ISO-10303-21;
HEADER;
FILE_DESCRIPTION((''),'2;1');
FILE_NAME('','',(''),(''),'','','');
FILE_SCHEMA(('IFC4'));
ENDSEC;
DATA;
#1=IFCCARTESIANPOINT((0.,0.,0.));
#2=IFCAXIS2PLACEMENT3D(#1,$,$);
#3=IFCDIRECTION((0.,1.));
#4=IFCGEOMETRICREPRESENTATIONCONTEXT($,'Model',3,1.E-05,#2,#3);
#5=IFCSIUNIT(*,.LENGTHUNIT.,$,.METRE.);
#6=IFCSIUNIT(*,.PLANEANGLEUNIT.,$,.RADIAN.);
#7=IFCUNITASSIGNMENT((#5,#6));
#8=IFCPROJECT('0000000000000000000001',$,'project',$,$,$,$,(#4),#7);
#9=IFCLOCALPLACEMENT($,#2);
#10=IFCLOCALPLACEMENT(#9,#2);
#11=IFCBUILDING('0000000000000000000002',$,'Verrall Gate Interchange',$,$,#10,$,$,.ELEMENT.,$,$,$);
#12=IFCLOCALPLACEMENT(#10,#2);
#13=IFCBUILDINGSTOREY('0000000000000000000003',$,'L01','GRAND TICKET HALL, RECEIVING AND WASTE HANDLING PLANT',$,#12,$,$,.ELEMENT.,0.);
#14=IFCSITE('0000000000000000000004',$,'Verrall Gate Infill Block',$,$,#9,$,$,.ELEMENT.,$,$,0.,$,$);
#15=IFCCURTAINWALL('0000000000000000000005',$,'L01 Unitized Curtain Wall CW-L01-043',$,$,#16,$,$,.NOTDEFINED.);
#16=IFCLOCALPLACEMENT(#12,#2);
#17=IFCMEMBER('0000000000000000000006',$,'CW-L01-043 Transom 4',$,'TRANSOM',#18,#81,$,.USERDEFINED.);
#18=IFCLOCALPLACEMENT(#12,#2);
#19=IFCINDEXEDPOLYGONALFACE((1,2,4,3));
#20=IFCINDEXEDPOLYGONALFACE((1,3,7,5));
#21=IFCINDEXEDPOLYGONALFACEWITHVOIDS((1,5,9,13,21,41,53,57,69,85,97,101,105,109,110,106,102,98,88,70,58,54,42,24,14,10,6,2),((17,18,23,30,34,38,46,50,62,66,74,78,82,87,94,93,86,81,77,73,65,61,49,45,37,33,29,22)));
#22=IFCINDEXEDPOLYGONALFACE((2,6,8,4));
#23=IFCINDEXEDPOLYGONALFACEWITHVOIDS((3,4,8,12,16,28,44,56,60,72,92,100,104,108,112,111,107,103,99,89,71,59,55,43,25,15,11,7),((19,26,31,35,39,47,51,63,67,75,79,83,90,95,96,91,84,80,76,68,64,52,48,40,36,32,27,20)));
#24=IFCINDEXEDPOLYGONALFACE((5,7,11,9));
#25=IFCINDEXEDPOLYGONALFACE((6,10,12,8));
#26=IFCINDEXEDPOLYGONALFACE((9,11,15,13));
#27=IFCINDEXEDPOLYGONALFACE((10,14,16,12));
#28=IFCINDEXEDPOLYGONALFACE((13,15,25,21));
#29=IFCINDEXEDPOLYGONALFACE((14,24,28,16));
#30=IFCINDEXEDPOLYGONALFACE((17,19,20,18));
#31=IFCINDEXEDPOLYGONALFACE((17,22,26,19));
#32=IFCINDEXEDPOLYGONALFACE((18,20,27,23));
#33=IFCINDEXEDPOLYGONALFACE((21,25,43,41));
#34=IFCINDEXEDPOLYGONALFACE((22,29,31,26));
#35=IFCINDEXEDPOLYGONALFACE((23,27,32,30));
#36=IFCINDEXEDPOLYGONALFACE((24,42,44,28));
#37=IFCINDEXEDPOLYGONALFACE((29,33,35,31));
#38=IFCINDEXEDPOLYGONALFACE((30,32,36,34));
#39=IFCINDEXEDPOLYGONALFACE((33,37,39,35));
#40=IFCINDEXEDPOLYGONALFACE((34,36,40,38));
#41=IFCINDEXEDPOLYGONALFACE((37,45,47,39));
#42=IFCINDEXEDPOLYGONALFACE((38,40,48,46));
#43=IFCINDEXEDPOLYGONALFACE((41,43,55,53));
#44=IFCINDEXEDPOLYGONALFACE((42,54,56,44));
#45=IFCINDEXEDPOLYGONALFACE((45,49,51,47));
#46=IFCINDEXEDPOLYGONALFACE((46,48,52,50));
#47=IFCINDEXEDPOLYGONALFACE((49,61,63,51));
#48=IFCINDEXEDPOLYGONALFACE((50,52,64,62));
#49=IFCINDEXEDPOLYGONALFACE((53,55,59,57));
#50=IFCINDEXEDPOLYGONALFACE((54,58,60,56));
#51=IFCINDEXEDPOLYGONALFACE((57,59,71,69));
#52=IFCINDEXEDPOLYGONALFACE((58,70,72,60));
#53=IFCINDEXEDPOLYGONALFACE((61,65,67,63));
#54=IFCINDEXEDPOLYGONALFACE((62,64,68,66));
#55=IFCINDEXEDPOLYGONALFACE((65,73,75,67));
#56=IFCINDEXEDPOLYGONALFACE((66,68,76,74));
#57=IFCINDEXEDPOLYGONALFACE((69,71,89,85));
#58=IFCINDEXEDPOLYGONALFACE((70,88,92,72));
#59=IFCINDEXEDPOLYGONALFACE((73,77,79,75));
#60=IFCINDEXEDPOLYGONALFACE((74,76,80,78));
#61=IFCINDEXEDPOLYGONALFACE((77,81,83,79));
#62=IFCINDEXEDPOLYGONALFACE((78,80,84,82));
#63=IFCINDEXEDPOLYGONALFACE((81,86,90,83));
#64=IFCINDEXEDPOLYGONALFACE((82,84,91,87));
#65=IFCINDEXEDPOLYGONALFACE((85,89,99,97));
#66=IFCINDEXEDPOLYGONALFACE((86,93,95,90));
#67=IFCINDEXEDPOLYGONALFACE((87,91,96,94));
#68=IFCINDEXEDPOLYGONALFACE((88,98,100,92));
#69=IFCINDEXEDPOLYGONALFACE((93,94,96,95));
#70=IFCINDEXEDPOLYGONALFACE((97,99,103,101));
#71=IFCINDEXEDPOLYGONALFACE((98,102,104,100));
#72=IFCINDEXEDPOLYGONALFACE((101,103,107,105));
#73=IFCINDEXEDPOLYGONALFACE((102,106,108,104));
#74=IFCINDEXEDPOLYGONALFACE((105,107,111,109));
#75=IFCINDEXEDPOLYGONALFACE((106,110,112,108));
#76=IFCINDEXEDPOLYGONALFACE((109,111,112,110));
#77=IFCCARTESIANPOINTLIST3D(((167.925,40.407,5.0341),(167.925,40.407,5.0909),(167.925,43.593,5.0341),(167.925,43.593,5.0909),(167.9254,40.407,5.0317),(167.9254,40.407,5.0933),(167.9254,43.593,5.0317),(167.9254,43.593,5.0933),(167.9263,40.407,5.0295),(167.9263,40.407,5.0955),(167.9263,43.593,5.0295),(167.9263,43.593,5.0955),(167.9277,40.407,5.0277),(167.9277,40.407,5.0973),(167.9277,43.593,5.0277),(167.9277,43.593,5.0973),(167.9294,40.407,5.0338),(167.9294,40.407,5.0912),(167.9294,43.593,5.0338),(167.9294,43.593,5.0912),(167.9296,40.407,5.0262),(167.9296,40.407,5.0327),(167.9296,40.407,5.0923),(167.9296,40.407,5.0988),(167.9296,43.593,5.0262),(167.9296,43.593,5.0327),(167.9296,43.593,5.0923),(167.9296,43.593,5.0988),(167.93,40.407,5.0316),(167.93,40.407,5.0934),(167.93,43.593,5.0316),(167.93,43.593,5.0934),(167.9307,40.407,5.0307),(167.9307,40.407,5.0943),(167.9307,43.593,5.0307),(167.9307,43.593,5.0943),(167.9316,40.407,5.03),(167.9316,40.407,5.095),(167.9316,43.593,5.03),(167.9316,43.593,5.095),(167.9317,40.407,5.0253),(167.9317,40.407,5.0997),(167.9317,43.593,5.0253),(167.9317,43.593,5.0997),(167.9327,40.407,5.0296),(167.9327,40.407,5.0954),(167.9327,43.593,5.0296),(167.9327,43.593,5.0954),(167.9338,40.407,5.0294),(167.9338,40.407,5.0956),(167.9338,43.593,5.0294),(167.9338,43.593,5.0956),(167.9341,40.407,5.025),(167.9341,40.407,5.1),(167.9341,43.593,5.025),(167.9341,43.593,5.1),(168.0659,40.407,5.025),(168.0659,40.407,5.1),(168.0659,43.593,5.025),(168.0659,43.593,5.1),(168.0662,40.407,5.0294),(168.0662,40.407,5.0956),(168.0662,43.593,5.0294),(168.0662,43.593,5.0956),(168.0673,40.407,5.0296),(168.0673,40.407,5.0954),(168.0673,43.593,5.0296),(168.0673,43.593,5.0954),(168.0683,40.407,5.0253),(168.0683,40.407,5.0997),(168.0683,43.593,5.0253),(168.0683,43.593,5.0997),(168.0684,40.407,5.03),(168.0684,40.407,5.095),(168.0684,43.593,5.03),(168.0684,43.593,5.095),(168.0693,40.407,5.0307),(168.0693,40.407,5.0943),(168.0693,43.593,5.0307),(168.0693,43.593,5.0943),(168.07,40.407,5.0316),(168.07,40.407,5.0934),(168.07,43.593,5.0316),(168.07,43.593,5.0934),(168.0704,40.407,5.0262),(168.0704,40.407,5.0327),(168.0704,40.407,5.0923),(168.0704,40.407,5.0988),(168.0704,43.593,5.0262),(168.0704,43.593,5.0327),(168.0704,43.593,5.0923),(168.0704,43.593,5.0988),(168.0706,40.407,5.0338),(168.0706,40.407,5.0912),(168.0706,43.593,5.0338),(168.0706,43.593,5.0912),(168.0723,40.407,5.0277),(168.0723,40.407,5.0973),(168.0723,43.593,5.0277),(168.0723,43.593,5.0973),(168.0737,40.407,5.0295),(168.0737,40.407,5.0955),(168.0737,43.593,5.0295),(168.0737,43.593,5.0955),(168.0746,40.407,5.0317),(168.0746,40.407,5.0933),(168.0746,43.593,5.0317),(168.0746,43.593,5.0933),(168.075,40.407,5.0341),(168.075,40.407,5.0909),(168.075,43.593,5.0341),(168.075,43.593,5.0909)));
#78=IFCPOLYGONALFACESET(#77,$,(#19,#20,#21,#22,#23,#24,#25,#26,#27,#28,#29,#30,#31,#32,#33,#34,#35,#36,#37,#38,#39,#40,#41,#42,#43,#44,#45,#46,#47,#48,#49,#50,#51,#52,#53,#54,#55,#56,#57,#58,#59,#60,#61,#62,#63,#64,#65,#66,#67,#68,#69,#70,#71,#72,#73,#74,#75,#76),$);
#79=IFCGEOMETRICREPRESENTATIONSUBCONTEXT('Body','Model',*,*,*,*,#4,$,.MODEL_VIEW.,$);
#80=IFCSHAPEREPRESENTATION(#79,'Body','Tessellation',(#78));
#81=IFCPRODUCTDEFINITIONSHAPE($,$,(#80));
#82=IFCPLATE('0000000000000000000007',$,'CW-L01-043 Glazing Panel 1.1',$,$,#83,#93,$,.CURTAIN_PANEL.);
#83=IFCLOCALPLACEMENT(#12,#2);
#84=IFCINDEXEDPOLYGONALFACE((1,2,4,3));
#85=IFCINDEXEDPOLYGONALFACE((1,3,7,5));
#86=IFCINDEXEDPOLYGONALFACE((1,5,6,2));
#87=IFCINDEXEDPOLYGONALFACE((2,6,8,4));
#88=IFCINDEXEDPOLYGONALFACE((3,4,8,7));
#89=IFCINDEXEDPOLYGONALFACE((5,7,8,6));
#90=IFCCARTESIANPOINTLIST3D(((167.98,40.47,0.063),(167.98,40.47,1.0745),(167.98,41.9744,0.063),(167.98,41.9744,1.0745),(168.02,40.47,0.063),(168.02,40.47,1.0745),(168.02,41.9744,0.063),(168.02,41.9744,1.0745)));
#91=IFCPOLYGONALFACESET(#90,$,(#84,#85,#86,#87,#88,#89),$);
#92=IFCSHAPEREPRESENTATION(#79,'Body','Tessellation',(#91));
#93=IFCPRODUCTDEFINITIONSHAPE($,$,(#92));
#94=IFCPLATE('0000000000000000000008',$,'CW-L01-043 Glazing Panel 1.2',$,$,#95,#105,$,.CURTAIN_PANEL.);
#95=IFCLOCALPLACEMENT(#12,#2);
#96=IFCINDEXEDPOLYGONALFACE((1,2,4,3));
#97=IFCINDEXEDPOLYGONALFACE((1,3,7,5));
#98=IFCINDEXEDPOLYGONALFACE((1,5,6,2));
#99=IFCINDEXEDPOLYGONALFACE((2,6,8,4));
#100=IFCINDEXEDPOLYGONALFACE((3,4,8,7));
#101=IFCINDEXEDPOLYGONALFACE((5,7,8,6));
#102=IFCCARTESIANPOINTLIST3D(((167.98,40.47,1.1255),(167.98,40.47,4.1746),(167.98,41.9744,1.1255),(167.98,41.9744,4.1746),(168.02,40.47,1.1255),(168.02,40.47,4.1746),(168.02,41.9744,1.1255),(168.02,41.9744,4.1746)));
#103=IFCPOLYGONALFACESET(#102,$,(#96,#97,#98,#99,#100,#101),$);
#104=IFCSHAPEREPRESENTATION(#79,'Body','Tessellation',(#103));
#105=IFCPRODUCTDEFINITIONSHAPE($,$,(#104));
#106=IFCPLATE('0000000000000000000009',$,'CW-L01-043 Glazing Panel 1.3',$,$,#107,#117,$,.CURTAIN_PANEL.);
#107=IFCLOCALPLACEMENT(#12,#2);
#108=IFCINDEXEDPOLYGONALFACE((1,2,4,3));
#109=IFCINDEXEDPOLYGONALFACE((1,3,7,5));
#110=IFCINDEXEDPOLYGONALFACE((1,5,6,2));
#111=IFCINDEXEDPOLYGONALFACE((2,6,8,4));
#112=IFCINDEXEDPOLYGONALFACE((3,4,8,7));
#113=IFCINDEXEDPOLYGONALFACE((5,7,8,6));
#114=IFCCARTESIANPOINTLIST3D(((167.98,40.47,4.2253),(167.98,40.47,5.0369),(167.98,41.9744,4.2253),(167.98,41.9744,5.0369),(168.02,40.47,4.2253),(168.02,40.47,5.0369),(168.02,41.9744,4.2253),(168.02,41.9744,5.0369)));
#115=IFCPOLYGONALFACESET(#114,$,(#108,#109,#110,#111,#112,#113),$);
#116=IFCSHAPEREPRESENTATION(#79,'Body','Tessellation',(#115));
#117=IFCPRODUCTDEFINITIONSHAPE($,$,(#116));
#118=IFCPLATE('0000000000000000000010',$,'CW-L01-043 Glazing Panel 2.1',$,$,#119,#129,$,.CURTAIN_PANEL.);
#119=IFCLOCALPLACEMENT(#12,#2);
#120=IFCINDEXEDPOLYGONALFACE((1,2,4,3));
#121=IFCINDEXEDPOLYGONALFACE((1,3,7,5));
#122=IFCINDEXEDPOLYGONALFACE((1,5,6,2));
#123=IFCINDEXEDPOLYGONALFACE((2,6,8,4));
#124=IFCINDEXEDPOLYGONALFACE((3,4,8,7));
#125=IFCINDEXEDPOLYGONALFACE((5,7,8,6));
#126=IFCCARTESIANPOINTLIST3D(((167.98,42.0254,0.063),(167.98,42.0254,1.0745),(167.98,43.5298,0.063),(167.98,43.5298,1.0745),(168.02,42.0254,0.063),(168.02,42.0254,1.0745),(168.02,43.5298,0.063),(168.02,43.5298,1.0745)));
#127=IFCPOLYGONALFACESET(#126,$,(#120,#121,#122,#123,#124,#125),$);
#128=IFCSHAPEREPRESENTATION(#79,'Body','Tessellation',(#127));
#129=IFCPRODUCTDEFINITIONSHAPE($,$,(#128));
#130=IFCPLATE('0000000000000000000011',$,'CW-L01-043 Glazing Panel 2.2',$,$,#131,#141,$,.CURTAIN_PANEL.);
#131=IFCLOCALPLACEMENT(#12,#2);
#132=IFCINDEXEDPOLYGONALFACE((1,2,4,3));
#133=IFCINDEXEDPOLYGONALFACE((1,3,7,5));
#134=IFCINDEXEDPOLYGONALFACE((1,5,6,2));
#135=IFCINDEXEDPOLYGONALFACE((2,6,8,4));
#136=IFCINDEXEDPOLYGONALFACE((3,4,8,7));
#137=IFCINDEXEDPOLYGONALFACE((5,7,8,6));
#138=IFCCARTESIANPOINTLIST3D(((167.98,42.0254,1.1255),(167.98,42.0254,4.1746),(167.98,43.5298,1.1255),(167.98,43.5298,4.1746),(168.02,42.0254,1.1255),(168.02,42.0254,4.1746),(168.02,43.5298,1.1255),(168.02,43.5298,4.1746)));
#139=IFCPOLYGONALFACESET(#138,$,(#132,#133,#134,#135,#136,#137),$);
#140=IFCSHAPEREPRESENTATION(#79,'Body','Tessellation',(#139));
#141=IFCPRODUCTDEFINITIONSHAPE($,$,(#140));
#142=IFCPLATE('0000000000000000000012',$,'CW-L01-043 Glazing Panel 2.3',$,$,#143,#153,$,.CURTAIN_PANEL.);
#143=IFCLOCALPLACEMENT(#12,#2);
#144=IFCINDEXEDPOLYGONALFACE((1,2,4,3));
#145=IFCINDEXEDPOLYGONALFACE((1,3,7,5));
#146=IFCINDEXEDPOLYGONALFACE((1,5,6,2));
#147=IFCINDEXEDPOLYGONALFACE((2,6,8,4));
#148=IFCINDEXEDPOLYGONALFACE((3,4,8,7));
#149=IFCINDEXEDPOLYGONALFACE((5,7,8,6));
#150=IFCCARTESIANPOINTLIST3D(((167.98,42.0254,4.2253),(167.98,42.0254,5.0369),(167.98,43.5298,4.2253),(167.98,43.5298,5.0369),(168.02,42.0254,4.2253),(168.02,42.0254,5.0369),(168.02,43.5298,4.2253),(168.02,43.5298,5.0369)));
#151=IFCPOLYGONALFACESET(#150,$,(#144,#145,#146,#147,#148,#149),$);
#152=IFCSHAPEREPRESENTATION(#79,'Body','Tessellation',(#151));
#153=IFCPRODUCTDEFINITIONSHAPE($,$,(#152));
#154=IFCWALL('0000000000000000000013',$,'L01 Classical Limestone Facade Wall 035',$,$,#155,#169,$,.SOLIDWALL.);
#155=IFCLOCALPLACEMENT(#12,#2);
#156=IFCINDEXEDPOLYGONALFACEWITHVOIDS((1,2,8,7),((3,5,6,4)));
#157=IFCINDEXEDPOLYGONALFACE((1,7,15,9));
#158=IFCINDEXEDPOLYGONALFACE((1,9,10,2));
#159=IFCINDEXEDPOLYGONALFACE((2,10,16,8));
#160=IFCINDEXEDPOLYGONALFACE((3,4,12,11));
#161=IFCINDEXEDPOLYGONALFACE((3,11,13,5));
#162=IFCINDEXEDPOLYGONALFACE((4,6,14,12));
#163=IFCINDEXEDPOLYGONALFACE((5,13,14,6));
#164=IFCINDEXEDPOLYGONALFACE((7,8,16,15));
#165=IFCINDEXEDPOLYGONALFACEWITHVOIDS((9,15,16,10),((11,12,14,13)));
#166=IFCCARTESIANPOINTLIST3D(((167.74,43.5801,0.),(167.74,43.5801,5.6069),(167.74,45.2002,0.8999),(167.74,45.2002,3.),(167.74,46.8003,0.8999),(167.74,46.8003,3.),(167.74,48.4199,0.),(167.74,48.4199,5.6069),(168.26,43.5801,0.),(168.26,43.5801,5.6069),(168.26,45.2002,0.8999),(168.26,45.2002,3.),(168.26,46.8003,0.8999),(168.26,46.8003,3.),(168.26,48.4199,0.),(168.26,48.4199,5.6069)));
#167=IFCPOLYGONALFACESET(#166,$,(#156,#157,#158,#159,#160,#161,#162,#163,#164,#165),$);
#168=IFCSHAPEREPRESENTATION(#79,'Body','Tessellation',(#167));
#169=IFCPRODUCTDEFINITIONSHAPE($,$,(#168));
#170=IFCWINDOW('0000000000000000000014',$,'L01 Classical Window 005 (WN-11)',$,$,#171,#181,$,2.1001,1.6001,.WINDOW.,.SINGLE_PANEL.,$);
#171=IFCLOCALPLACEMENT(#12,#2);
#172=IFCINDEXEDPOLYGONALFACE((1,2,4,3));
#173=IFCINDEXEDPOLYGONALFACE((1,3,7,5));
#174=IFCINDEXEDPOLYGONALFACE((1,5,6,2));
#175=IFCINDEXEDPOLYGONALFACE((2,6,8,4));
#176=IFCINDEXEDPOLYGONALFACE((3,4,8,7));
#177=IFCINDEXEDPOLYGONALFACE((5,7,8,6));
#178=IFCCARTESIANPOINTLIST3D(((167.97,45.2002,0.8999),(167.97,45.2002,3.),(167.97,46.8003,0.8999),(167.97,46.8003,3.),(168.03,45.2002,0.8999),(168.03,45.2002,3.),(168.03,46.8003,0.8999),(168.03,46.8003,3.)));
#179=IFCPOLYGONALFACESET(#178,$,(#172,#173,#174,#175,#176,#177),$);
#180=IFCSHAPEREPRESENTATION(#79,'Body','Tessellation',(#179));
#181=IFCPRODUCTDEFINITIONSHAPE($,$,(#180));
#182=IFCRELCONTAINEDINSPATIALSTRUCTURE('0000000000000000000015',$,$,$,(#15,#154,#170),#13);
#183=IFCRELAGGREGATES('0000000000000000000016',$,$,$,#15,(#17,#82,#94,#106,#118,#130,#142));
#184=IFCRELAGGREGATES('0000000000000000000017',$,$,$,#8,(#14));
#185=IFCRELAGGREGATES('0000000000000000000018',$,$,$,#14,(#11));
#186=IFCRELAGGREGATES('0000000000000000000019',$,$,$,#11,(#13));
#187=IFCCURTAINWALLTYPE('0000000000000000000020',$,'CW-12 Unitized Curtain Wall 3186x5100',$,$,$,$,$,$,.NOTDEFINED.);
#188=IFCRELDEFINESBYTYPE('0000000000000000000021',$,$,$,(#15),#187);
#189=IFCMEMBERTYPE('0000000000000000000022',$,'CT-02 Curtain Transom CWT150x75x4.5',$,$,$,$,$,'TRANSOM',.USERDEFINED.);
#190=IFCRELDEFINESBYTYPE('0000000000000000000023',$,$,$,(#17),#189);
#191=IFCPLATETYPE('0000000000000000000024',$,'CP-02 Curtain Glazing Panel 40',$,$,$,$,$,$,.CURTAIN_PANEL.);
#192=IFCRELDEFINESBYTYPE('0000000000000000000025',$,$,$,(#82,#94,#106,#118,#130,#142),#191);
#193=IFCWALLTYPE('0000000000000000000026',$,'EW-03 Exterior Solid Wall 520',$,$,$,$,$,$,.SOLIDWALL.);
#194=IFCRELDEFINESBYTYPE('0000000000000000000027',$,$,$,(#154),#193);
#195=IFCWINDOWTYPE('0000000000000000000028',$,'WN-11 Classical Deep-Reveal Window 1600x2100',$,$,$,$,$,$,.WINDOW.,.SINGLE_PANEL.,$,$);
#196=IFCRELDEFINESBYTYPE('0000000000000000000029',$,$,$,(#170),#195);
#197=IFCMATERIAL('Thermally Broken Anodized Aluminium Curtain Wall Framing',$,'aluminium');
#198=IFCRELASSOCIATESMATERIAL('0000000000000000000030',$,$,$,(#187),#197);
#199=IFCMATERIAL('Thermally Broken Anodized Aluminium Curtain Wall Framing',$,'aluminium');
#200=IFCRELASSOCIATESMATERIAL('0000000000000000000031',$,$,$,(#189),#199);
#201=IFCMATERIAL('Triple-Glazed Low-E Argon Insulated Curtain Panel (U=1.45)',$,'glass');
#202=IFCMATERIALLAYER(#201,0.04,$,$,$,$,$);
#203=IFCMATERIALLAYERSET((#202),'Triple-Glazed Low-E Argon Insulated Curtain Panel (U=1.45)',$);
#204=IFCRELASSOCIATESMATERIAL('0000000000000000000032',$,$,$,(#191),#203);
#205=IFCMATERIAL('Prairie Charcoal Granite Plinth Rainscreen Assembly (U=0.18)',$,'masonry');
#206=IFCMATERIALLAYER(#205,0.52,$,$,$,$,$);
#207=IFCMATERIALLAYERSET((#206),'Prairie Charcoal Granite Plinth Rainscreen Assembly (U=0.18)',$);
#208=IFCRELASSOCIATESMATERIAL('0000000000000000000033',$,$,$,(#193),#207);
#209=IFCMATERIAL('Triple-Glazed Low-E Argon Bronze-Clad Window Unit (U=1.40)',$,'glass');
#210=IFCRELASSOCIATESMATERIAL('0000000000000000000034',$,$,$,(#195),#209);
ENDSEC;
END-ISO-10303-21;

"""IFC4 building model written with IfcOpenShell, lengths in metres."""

from ifc_helpers import new_model, si_unit, direction, frame, frame_2d, origin, origin_2d, place, context, subcontext, project, spatial, rectangle, hollow_rectangle, extrude, material, layer, layer_set, material_profile, profile_set, type_object, element, fill, aggregate, save


model = new_model("IFC4")

# Units and contexts
model_context = context("Model", 3, precision=1e-05, world=origin(), true_north=direction((0.0, 1.0)))
body_context = subcontext(model_context, "Body", "Model", "MODEL_VIEW")
ifc_project = project(units=[si_unit("LENGTHUNIT", "METRE"), si_unit("PLANEANGLEUNIT", "RADIAN")], contexts=[model_context])

# Site, building, storey
site_placement = place(None, origin())
site = spatial("IfcSite", under=ifc_project, at=site_placement, Name="Verrall Gate Infill Block", CompositionType="ELEMENT", RefElevation=0.0)
building_placement = place(site_placement, origin())
building = spatial("IfcBuilding", under=site, at=building_placement, Name="Verrall Gate Interchange", CompositionType="ELEMENT")
storey_placement = place(building_placement, origin())
storey = spatial("IfcBuildingStorey", under=building, at=storey_placement, Name="L01", Description="GRAND TICKET HALL, RECEIVING AND WASTE HANDLING PLANT", CompositionType="ELEMENT", Elevation=0.0)

# Curtain wall
ifc_material_1 = material(Name="Thermally Broken Anodized Aluminium Curtain Wall Framing", Category="aluminium")
curtain_wall_type_1 = type_object("IfcCurtainWallType", Name="CW-12 Unitized Curtain Wall 3186x5100", PredefinedType="NOTDEFINED", material=ifc_material_1)
curtain_wall_1_placement = place(storey_placement, origin())
curtain_wall_1 = element("IfcCurtainWall", 1, at=curtain_wall_1_placement, inside=storey, type_object=curtain_wall_type_1, Name="L01 Unitized Curtain Wall CW-L01-043", PredefinedType="NOTDEFINED")

# Member
ifc_material_2 = material(Name="Thermally Broken Anodized Aluminium Curtain Wall Framing", Category="aluminium")
ifc_material_profile_1 = material_profile(ifc_material_2, hollow_rectangle(XDim=0.1499, YDim=0.075, WallThickness=0.0044, InnerFilletRadius=0.0044, OuterFilletRadius=0.009, at=origin_2d()), Name="CWT150x75x4.5")
ifc_profile_set_1 = profile_set([ifc_material_profile_1], Name="Thermally Broken Anodized Aluminium Curtain Wall Framing")
member_type_1 = type_object("IfcMemberType", Name="CT-02 Curtain Transom CWT150x75x4.5", ElementType="TRANSOM", PredefinedType="USERDEFINED", material=ifc_profile_set_1)
member_1_placement = place(storey_placement, frame((168.0, 40.407, 5.0625), z_axis=(0.0, 1.0, 0.0), x_axis=(-1.0, 0.0, 0.0)))
member_1 = element("IfcMember", 2, at=member_1_placement, type_object=member_type_1, Name="CW-L01-043 Transom 4", ObjectType="TRANSOM", PredefinedType="USERDEFINED", context=body_context, shape_type="SweptSolid", body=[
    extrude(hollow_rectangle(XDim=0.1499, YDim=0.075, WallThickness=0.0044, InnerFilletRadius=0.0044, OuterFilletRadius=0.009, at=origin_2d()), origin(), (0.0, 0.0, 1.0), 3.186),
])

# Plates
ifc_material_3 = material(Name="Triple-Glazed Low-E Argon Insulated Curtain Panel (U=1.45)", Category="glass")
ifc_layer_1 = layer(ifc_material_3, 0.04)
ifc_layer_set_1 = layer_set([ifc_layer_1], Name="Triple-Glazed Low-E Argon Insulated Curtain Panel (U=1.45)")
plate_type = type_object("IfcPlateType", Name="CP-02 Curtain Glazing Panel 40", PredefinedType="CURTAIN_PANEL", material=ifc_layer_set_1)
plate_1_placement = place(storey_placement, frame((168.0, 41.2222, 0.063), z_axis=(0.0, 0.0, 1.0), x_axis=(0.0, 1.0, 0.0)))
plate_1 = element("IfcPlate", 3, at=plate_1_placement, type_object=plate_type, Name="CW-L01-043 Glazing Panel 1.1", PredefinedType="CURTAIN_PANEL", context=body_context, shape_type="SweptSolid", body=[
    extrude(rectangle(XDim=1.5044, YDim=0.04, at=origin_2d()), origin(), (0.0, 0.0, 1.0), 1.0115),
])
plate_2_placement = place(storey_placement, frame((168.0, 41.2222, 1.1255), z_axis=(0.0, 0.0, 1.0), x_axis=(0.0, 1.0, 0.0)))
plate_2 = element("IfcPlate", 4, at=plate_2_placement, type_object=plate_type, Name="CW-L01-043 Glazing Panel 1.2", PredefinedType="CURTAIN_PANEL", context=body_context, shape_type="SweptSolid", body=[
    extrude(rectangle(XDim=1.5044, YDim=0.04, at=origin_2d()), origin(), (0.0, 0.0, 1.0), 3.0491),
])
plate_3_placement = place(storey_placement, frame((168.0, 41.2222, 4.2253), z_axis=(0.0, 0.0, 1.0), x_axis=(0.0, 1.0, 0.0)))
plate_3 = element("IfcPlate", 5, at=plate_3_placement, type_object=plate_type, Name="CW-L01-043 Glazing Panel 1.3", PredefinedType="CURTAIN_PANEL", context=body_context, shape_type="SweptSolid", body=[
    extrude(rectangle(XDim=1.5044, YDim=0.04, at=origin_2d()), origin(), (0.0, 0.0, 1.0), 0.8115),
])
plate_4_placement = place(storey_placement, frame((168.0, 42.7776, 0.063), z_axis=(0.0, 0.0, 1.0), x_axis=(0.0, 1.0, 0.0)))
plate_4 = element("IfcPlate", 6, at=plate_4_placement, type_object=plate_type, Name="CW-L01-043 Glazing Panel 2.1", PredefinedType="CURTAIN_PANEL", context=body_context, shape_type="SweptSolid", body=[
    extrude(rectangle(XDim=1.5044, YDim=0.04, at=origin_2d()), origin(), (0.0, 0.0, 1.0), 1.0115),
])
plate_5_placement = place(storey_placement, frame((168.0, 42.7776, 1.1255), z_axis=(0.0, 0.0, 1.0), x_axis=(0.0, 1.0, 0.0)))
plate_5 = element("IfcPlate", 7, at=plate_5_placement, type_object=plate_type, Name="CW-L01-043 Glazing Panel 2.2", PredefinedType="CURTAIN_PANEL", context=body_context, shape_type="SweptSolid", body=[
    extrude(rectangle(XDim=1.5044, YDim=0.04, at=origin_2d()), origin(), (0.0, 0.0, 1.0), 3.0491),
])
plate_6_placement = place(storey_placement, frame((168.0, 42.7776, 4.2253), z_axis=(0.0, 0.0, 1.0), x_axis=(0.0, 1.0, 0.0)))
plate_6 = element("IfcPlate", 8, at=plate_6_placement, type_object=plate_type, Name="CW-L01-043 Glazing Panel 2.3", PredefinedType="CURTAIN_PANEL", context=body_context, shape_type="SweptSolid", body=[
    extrude(rectangle(XDim=1.5044, YDim=0.04, at=origin_2d()), origin(), (0.0, 0.0, 1.0), 0.8115),
])
aggregate(curtain_wall_1, [member_1, plate_1, plate_2, plate_3, plate_4, plate_5, plate_6])

# Wall, opening, window
ifc_material_4 = material(Name="Prairie Charcoal Granite Plinth Rainscreen Assembly (U=0.18)", Category="masonry")
ifc_layer_2 = layer(ifc_material_4, 0.52)
ifc_layer_set_2 = layer_set([ifc_layer_2], Name="Prairie Charcoal Granite Plinth Rainscreen Assembly (U=0.18)")
wall_type = type_object("IfcWallType", Name="EW-03 Exterior Solid Wall 520", PredefinedType="SOLIDWALL", material=ifc_layer_set_2)
wall_placement = place(storey_placement, frame((168.0, 43.5801, 0.0), z_axis=(0.0, 0.0, 1.0), x_axis=(0.0, 1.0, 0.0)))
wall = element("IfcWall", 9, at=wall_placement, inside=storey, type_object=wall_type, Name="L01 Classical Limestone Facade Wall 035", PredefinedType="SOLIDWALL", context=body_context, shape_type="SweptSolid", body=[
    extrude(rectangle(XDim=4.8398, YDim=0.52, at=frame_2d((2.4199, 0.0))), origin(), (0.0, 0.0, 1.0), 5.6069),
])
opening_placement = place(wall_placement, frame((1.6201, 0.0, 0.8999)))
opening = element("IfcOpeningElement", 10, at=opening_placement, cuts=wall, PredefinedType="OPENING", context=body_context, shape_type="SweptSolid", body=[
    extrude(rectangle(XDim=1.6001, YDim=2.1001, at=frame_2d((0.8, 1.05))), frame((0.0, 0.2749, 0.0), z_axis=(0.0, -1.0, 0.0), x_axis=(1.0, 0.0, 0.0)), (0.0, 0.0, 1.0), 0.5498),
])
ifc_material_5 = material(Name="Triple-Glazed Low-E Argon Bronze-Clad Window Unit (U=1.40)", Category="glass")
window_type = type_object("IfcWindowType", Name="WN-11 Classical Deep-Reveal Window 1600x2100", PartitioningType="SINGLE_PANEL", PredefinedType="WINDOW", material=ifc_material_5)
window_placement = place(opening_placement, origin())
window = element("IfcWindow", 11, at=window_placement, inside=storey, type_object=window_type, Name="L01 Classical Window 005 (WN-11)", OverallHeight=2.1001, OverallWidth=1.6001, PartitioningType="SINGLE_PANEL", PredefinedType="WINDOW", context=body_context, shape_type="SweptSolid", body=[
    extrude(rectangle(XDim=1.6001, YDim=2.1001, at=frame_2d((0.8, 1.05))), frame((0.0, 0.03, 0.0), z_axis=(0.0, -1.0, 0.0), x_axis=(1.0, 0.0, 0.0)), (0.0, 0.0, 1.0), 0.0601),
])
fill(opening, window)

save(model, "model.ifc")
